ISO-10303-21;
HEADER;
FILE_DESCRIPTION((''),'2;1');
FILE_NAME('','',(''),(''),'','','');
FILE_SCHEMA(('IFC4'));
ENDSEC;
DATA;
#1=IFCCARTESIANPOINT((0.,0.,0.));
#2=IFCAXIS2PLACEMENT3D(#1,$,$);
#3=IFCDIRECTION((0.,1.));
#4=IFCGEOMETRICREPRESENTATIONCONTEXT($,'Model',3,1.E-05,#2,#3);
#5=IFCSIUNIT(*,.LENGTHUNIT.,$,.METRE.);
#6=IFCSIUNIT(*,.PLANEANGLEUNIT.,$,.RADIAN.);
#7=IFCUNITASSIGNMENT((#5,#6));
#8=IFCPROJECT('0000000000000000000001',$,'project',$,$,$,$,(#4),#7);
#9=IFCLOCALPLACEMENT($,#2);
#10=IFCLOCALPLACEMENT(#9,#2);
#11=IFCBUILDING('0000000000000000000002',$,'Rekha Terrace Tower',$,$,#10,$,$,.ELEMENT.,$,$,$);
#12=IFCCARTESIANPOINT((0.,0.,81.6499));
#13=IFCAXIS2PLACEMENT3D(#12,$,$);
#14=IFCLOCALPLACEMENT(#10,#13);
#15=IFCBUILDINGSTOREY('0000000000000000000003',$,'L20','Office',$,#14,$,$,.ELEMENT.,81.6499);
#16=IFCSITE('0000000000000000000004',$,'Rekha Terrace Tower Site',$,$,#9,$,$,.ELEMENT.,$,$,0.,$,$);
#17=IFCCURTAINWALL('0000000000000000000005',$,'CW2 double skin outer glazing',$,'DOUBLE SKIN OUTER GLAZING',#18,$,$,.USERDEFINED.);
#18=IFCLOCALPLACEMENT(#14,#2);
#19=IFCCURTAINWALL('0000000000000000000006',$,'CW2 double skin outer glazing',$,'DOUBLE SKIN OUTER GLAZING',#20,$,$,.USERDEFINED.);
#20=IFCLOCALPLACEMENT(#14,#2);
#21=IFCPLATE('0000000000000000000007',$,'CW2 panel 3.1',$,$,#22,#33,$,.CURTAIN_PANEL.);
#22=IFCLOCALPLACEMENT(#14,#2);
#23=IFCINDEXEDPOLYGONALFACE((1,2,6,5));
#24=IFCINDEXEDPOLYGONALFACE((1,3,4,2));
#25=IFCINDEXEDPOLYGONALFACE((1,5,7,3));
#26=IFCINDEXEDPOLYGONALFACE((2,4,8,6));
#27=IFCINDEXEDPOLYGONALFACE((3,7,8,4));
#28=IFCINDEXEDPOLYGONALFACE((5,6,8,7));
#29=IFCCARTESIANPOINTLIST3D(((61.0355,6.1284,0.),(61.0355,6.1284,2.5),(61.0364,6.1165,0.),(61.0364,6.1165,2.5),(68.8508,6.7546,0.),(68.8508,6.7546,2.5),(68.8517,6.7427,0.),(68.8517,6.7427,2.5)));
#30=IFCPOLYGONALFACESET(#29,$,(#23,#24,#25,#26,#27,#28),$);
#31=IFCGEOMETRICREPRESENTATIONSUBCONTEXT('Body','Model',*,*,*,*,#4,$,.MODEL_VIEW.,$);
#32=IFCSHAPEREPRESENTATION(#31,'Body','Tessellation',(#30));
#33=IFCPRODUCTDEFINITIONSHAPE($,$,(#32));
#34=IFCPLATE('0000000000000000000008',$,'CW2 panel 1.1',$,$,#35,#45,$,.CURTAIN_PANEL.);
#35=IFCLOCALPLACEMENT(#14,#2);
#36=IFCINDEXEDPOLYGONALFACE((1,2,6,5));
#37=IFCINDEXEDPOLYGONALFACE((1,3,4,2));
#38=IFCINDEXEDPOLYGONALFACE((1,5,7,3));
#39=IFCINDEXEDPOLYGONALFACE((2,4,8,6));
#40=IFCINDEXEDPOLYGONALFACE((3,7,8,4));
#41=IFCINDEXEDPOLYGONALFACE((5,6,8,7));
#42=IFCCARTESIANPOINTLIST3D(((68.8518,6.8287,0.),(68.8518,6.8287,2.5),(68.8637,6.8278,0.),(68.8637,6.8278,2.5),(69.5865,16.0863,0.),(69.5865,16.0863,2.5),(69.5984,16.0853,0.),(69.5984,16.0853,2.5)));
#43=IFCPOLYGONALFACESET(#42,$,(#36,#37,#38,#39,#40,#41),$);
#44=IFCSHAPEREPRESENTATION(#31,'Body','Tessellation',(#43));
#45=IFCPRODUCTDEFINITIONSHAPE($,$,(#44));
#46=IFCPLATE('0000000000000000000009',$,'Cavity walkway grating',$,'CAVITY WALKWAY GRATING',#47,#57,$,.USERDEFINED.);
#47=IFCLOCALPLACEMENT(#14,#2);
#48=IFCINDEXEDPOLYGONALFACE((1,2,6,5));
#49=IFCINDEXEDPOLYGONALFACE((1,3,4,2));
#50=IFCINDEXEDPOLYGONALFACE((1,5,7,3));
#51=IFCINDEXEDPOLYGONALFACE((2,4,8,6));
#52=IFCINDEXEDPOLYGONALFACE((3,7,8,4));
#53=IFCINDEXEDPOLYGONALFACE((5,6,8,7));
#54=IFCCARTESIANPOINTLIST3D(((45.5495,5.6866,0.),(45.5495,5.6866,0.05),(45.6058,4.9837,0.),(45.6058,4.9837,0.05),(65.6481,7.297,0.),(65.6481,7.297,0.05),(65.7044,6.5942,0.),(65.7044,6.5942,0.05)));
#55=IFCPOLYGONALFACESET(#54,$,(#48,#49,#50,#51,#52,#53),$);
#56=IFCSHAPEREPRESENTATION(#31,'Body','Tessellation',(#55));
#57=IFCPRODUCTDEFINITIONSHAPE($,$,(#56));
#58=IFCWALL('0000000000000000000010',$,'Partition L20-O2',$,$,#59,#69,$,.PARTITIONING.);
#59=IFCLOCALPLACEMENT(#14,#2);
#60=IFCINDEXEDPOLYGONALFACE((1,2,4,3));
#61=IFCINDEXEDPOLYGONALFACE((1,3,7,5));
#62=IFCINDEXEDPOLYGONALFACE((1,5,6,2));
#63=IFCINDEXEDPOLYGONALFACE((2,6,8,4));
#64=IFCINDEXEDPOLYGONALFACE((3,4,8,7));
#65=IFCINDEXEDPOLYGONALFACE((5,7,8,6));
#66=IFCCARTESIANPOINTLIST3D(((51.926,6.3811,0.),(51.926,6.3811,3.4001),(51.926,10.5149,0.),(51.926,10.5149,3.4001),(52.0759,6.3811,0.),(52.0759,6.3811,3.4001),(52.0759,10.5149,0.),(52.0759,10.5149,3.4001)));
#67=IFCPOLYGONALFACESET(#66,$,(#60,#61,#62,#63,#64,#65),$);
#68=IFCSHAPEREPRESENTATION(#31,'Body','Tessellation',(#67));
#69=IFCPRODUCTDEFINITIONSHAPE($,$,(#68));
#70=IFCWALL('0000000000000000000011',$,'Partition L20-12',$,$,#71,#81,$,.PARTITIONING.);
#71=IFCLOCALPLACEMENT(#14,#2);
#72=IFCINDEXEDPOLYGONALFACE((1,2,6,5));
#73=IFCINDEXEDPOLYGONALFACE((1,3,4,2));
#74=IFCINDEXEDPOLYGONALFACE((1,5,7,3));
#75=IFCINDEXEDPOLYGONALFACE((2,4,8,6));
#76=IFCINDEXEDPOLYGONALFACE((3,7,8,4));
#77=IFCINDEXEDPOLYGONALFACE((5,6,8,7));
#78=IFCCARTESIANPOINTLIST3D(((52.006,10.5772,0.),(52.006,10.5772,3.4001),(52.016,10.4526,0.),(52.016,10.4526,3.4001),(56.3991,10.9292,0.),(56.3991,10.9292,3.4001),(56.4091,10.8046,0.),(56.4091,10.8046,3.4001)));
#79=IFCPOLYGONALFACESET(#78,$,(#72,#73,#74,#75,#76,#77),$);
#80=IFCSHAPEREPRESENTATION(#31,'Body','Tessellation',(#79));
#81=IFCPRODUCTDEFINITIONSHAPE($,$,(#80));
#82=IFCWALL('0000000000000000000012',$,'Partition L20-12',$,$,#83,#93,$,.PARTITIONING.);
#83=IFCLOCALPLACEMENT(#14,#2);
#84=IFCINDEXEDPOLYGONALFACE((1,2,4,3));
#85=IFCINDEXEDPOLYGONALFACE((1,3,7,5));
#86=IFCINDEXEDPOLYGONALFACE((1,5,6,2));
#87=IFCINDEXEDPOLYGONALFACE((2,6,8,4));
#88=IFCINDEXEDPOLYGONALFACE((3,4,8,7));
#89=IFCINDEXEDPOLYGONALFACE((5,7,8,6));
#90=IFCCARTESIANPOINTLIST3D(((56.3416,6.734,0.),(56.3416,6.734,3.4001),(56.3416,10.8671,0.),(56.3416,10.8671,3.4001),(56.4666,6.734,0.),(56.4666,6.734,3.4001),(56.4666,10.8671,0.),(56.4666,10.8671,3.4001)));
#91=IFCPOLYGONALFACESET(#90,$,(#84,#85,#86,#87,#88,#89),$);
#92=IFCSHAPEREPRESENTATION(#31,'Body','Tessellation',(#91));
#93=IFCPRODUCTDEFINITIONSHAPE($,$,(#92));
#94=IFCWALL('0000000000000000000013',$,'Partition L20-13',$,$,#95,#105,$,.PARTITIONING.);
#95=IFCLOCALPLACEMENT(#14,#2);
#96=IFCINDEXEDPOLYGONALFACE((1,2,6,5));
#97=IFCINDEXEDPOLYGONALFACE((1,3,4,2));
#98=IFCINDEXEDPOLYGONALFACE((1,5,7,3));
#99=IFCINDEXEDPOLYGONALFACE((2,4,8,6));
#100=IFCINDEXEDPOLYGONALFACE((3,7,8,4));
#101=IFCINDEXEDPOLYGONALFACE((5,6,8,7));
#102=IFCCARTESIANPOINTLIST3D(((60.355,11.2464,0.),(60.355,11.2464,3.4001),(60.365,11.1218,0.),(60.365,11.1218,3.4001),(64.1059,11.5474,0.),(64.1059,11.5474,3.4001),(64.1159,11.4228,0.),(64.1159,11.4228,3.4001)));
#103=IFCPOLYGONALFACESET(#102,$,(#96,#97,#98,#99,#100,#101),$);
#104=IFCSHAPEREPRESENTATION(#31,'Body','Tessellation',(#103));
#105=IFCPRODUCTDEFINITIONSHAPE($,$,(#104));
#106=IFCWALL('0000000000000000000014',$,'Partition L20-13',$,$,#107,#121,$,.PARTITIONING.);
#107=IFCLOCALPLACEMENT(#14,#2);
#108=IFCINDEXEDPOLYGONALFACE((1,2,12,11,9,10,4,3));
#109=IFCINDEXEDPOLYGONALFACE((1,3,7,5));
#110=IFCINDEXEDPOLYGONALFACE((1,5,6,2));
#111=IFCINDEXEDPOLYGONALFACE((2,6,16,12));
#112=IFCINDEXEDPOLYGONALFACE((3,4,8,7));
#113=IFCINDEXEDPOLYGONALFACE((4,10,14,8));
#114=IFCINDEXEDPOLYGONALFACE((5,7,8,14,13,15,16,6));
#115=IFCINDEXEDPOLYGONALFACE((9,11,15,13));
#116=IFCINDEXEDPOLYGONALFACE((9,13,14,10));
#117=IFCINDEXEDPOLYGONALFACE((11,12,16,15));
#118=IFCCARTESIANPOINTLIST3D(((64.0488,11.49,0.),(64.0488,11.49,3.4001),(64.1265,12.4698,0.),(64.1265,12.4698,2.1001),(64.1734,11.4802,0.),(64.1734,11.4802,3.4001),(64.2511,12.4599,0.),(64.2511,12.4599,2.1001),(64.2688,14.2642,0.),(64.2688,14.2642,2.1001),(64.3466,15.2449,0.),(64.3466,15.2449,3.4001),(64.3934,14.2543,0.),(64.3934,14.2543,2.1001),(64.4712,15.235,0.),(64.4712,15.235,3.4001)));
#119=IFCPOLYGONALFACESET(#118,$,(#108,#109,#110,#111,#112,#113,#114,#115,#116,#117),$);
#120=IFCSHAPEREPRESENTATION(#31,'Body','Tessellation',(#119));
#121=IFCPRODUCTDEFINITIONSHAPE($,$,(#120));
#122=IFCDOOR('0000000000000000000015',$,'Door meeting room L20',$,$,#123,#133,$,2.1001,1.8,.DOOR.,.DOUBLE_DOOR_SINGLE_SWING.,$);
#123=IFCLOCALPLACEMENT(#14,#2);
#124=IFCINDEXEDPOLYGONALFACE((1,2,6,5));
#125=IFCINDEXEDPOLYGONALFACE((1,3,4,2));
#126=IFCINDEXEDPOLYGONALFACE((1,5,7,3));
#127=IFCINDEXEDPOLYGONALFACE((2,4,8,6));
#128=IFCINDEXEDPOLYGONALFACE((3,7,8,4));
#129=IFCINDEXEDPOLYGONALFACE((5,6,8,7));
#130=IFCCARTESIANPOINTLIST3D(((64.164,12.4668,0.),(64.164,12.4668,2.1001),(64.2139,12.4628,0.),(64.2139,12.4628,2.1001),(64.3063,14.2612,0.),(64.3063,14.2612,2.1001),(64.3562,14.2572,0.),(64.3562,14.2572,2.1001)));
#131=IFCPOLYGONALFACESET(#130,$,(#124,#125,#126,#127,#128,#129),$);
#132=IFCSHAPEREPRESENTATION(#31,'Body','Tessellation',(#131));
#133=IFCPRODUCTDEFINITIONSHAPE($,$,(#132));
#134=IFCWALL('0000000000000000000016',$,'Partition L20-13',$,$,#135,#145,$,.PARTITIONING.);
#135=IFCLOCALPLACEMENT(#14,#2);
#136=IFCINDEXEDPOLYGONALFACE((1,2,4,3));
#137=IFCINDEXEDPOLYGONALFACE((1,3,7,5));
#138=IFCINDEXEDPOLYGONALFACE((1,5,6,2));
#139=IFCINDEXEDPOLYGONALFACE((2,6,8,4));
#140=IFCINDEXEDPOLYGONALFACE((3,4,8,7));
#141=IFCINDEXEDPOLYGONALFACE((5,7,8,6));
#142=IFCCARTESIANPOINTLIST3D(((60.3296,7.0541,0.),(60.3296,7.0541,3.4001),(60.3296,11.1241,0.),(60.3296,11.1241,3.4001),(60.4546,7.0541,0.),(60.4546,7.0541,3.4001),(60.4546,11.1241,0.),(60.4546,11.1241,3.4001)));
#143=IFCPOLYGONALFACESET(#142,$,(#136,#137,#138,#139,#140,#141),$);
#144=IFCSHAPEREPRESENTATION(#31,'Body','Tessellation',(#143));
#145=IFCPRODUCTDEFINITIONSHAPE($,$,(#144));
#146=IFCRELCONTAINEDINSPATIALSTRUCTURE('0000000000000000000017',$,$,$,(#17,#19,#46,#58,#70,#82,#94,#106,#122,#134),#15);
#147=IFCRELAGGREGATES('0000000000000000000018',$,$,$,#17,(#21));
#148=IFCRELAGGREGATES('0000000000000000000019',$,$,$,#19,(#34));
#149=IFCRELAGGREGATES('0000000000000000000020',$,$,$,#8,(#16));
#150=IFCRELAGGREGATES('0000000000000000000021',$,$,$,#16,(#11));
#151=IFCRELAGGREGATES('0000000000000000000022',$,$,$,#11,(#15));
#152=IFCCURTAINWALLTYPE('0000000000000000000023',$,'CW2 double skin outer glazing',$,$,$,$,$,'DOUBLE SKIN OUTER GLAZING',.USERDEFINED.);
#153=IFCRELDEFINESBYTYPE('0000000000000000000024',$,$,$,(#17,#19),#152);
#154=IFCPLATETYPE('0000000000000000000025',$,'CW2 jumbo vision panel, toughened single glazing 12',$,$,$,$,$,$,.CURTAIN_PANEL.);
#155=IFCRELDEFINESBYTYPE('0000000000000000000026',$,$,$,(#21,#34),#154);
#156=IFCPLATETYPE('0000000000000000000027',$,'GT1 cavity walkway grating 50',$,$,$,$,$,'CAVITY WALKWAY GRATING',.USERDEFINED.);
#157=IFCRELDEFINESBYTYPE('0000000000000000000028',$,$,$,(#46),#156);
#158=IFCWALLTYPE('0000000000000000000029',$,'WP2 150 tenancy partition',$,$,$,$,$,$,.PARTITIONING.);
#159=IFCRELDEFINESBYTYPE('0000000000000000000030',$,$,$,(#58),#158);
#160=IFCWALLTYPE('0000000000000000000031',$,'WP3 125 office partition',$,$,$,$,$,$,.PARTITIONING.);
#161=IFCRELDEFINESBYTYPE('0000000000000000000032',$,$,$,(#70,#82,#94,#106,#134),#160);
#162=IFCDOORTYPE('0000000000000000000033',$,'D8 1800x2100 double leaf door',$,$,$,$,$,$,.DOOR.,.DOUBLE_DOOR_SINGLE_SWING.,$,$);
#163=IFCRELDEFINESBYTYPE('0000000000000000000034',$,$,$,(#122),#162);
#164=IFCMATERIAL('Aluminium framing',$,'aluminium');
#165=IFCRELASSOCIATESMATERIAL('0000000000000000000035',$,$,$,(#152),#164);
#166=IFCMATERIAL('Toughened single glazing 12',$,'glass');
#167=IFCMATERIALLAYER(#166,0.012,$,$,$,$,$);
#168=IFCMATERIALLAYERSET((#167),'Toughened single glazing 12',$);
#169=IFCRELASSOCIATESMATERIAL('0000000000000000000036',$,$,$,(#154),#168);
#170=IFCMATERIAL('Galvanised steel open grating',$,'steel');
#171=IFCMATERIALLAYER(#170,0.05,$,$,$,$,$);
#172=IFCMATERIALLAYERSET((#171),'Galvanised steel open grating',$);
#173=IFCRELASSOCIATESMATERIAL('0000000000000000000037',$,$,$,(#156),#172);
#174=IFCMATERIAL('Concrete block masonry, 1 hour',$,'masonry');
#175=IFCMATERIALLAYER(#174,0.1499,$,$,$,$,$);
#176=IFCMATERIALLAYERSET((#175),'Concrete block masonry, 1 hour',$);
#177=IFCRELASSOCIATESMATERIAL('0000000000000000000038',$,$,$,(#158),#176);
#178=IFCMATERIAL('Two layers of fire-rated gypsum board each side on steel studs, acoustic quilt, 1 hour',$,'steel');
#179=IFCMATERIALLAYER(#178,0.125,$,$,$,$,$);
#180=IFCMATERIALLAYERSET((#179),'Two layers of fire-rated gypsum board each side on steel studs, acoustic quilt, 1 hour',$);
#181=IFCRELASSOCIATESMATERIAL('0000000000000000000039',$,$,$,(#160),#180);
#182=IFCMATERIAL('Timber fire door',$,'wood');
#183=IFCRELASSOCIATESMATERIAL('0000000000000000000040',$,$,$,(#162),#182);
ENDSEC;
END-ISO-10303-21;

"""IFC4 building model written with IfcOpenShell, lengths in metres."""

from ifc_helpers import new_model, si_unit, direction, frame, frame_2d, origin, origin_2d, place, context, subcontext, project, spatial, rectangle, extrude, material, layer, layer_set, type_object, element, fill, aggregate, save


model = new_model("IFC4")

# Units and contexts
model_context = context("Model", 3, precision=1e-05, world=origin(), true_north=direction((0.0, 1.0)))
body_context = subcontext(model_context, "Body", "Model", "MODEL_VIEW")
ifc_project = project(units=[si_unit("LENGTHUNIT", "METRE"), si_unit("PLANEANGLEUNIT", "RADIAN")], contexts=[model_context])

# Site, building, storey
site_placement = place(None, origin())
site = spatial("IfcSite", under=ifc_project, at=site_placement, Name="Rekha Terrace Tower Site", CompositionType="ELEMENT", RefElevation=0.0)
building_placement = place(site_placement, origin())
building = spatial("IfcBuilding", under=site, at=building_placement, Name="Rekha Terrace Tower", CompositionType="ELEMENT")
storey_placement = place(building_placement, frame((0.0, 0.0, 81.6499)))
storey = spatial("IfcBuildingStorey", under=building, at=storey_placement, Name="L20", Description="Office", CompositionType="ELEMENT", Elevation=81.6499)

# Curtain wall
ifc_material_1 = material(Name="Aluminium framing", Category="aluminium")
curtain_wall_type_1 = type_object("IfcCurtainWallType", Name="CW2 double skin outer glazing", ElementType="DOUBLE SKIN OUTER GLAZING", PredefinedType="USERDEFINED", material=ifc_material_1)
curtain_wall_1_placement = place(storey_placement, origin())
curtain_wall_1 = element("IfcCurtainWall", 1, at=curtain_wall_1_placement, inside=storey, type_object=curtain_wall_type_1, Name="CW2 double skin outer glazing", ObjectType="DOUBLE SKIN OUTER GLAZING", PredefinedType="USERDEFINED")

# Curtain wall
curtain_wall_2_placement = place(storey_placement, origin())
curtain_wall_2 = element("IfcCurtainWall", 2, at=curtain_wall_2_placement, inside=storey, type_object=curtain_wall_type_1, Name="CW2 double skin outer glazing", ObjectType="DOUBLE SKIN OUTER GLAZING", PredefinedType="USERDEFINED")

# Plates
ifc_material_2 = material(Name="Toughened single glazing 12", Category="glass")
ifc_layer_1 = layer(ifc_material_2, 0.012)
ifc_layer_set_1 = layer_set([ifc_layer_1], Name="Toughened single glazing 12")
plate_type_1 = type_object("IfcPlateType", Name="CW2 jumbo vision panel, toughened single glazing 12", PredefinedType="CURTAIN_PANEL", material=ifc_layer_set_1)
plate_1_placement = place(storey_placement, frame((64.9436, 6.4355, 0.0), z_axis=(0.0, 0.0, 1.0), x_axis=(0.996805, 0.079872, 0.0)))
plate_1 = element("IfcPlate", 3, at=plate_1_placement, type_object=plate_type_1, Name="CW2 panel 3.1", PredefinedType="CURTAIN_PANEL", context=body_context, shape_type="SweptSolid", body=[
    extrude(rectangle(XDim=7.8403, YDim=0.012, at=origin_2d()), origin(), (0.0, 0.0, 1.0), 2.5),
])
aggregate(curtain_wall_1, [plate_1])
plate_2_placement = place(storey_placement, frame((69.2251, 11.457, 0.0), z_axis=(0.0, 0.0, 1.0), x_axis=(0.079116, 0.996865, 0.0)))
plate_2 = element("IfcPlate", 4, at=plate_2_placement, type_object=plate_type_1, Name="CW2 panel 1.1", PredefinedType="CURTAIN_PANEL", context=body_context, shape_type="SweptSolid", body=[
    extrude(rectangle(XDim=9.2866, YDim=0.012, at=origin_2d()), origin(), (0.0, 0.0, 1.0), 2.5),
])
aggregate(curtain_wall_2, [plate_2])
ifc_material_3 = material(Name="Galvanised steel open grating", Category="steel")
ifc_layer_2 = layer(ifc_material_3, 0.05)
ifc_layer_set_2 = layer_set([ifc_layer_2], Name="Galvanised steel open grating")
plate_type_2 = type_object("IfcPlateType", Name="GT1 cavity walkway grating 50", ElementType="CAVITY WALKWAY GRATING", PredefinedType="USERDEFINED", material=ifc_layer_set_2)
plate_3_placement = place(storey_placement, frame((55.627, 6.1404, 0.0), z_axis=(0.0, 0.0, 1.0), x_axis=(0.996805, 0.079872, 0.0)))
element("IfcPlate", 5, at=plate_3_placement, inside=storey, type_object=plate_type_2, Name="Cavity walkway grating", ObjectType="CAVITY WALKWAY GRATING", PredefinedType="USERDEFINED", context=body_context, shape_type="SweptSolid", body=[
    extrude(rectangle(XDim=20.1631, YDim=0.7051, at=origin_2d()), origin(), (0.0, 0.0, 1.0), 0.05),
])

# Walls
ifc_material_4 = material(Name="Concrete block masonry, 1 hour", Category="masonry")
ifc_layer_3 = layer(ifc_material_4, 0.1499)
ifc_layer_set_3 = layer_set([ifc_layer_3], Name="Concrete block masonry, 1 hour")
wall_type_1 = type_object("IfcWallType", Name="WP2 150 tenancy partition", PredefinedType="PARTITIONING", material=ifc_layer_set_3)
wall_1_placement = place(storey_placement, frame((52.001, 10.5149, 0.0), z_axis=(0.0, 0.0, 1.0), x_axis=(0.0, -1.0, 0.0)))
element("IfcWall", 6, at=wall_1_placement, inside=storey, type_object=wall_type_1, Name="Partition L20-O2", PredefinedType="PARTITIONING", context=body_context, shape_type="SweptSolid", body=[
    extrude(rectangle(XDim=4.1338, YDim=0.1499, at=frame_2d((2.0669, 0.0))), origin(), (0.0, 0.0, 1.0), 3.4001),
])
ifc_material_5 = material(Name="Two layers of fire-rated gypsum board each side on steel studs, acoustic quilt, 1 hour", Category="steel")
ifc_layer_4 = layer(ifc_material_5, 0.125)
ifc_layer_set_4 = layer_set([ifc_layer_4], Name="Two layers of fire-rated gypsum board each side on steel studs, acoustic quilt, 1 hour")
wall_type_2 = type_object("IfcWallType", Name="WP3 125 office partition", PredefinedType="PARTITIONING", material=ifc_layer_set_4)
wall_2_placement = place(storey_placement, frame((52.011, 10.5149, 0.0), z_axis=(0.0, 0.0, 1.0), x_axis=(0.996804, 0.079882, 0.0)))
element("IfcWall", 7, at=wall_2_placement, inside=storey, type_object=wall_type_2, Name="Partition L20-12", PredefinedType="PARTITIONING", context=body_context, shape_type="SweptSolid", body=[
    extrude(rectangle(XDim=4.4072, YDim=0.125, at=frame_2d((2.2036, 0.0))), origin(), (0.0, 0.0, 1.0), 3.4001),
])
wall_3_placement = place(storey_placement, frame((56.4041, 10.8669, 0.0), z_axis=(0.0, 0.0, 1.0), x_axis=(0.0, -1.0, 0.0)))
element("IfcWall", 8, at=wall_3_placement, inside=storey, type_object=wall_type_2, Name="Partition L20-12", PredefinedType="PARTITIONING", context=body_context, shape_type="SweptSolid", body=[
    extrude(rectangle(XDim=4.1331, YDim=0.125, at=frame_2d((2.0664, 0.0))), origin(), (0.0, 0.0, 1.0), 3.4001),
])
wall_4_placement = place(storey_placement, frame((60.3601, 11.1841, 0.0), z_axis=(0.0, 0.0, 1.0), x_axis=(0.996795, 0.079995, 0.0)))
element("IfcWall", 9, at=wall_4_placement, inside=storey, type_object=wall_type_2, Name="Partition L20-13", PredefinedType="PARTITIONING", context=body_context, shape_type="SweptSolid", body=[
    extrude(rectangle(XDim=3.7629, YDim=0.125, at=frame_2d((1.8813, 0.0))), origin(), (0.0, 0.0, 1.0), 3.4001),
])

# Wall, opening, door
wall_5_placement = place(storey_placement, frame((64.1111, 11.4851, 0.0), z_axis=(0.0, 0.0, 1.0), x_axis=(0.079075, 0.996869, 0.0)))
wall_5 = element("IfcWall", 10, at=wall_5_placement, inside=storey, type_object=wall_type_2, Name="Partition L20-13", PredefinedType="PARTITIONING", context=body_context, shape_type="SweptSolid", body=[
    extrude(rectangle(XDim=3.7666, YDim=0.125, at=frame_2d((1.8833, 0.0))), origin(), (0.0, 0.0, 1.0), 3.4001),
])
opening_placement = place(wall_5_placement, frame((0.9829, 0.0, 0.0)))
opening = element("IfcOpeningElement", 11, at=opening_placement, cuts=wall_5, PredefinedType="OPENING", context=body_context, shape_type="SweptSolid", body=[
    extrude(rectangle(XDim=1.8, YDim=2.1001, at=frame_2d((0.8999, 1.05))), frame((0.0, 0.0725, 0.0), z_axis=(0.0, -1.0, 0.0), x_axis=(1.0, 0.0, 0.0)), (0.0, 0.0, 1.0), 0.145),
])
ifc_material_6 = material(Name="Timber fire door", Category="wood")
door_type = type_object("IfcDoorType", Name="D8 1800x2100 double leaf door", OperationType="DOUBLE_DOOR_SINGLE_SWING", PredefinedType="DOOR", material=ifc_material_6)
door_placement = place(opening_placement, origin())
door = element("IfcDoor", 12, at=door_placement, inside=storey, type_object=door_type, Name="Door meeting room L20", OperationType="DOUBLE_DOOR_SINGLE_SWING", OverallHeight=2.1001, OverallWidth=1.8, PredefinedType="DOOR", context=body_context, shape_type="SweptSolid", body=[
    extrude(rectangle(XDim=1.8, YDim=2.1001, at=frame_2d((0.8999, 1.05))), frame((0.0, 0.0249, 0.0), z_axis=(0.0, -1.0, 0.0), x_axis=(1.0, 0.0, 0.0)), (0.0, 0.0, 1.0), 0.05),
])
fill(opening, door)

# Wall
wall_6_placement = place(storey_placement, frame((60.3921, 7.054, 0.0), z_axis=(0.0, 0.0, 1.0), x_axis=(0.0, 1.0, 0.0)))
element("IfcWall", 13, at=wall_6_placement, inside=storey, type_object=wall_type_2, Name="Partition L20-13", PredefinedType="PARTITIONING", context=body_context, shape_type="SweptSolid", body=[
    extrude(rectangle(XDim=4.0701, YDim=0.125, at=frame_2d((2.0352, 0.0))), origin(), (0.0, 0.0, 1.0), 3.4001),
])

save(model, "model.ifc")
